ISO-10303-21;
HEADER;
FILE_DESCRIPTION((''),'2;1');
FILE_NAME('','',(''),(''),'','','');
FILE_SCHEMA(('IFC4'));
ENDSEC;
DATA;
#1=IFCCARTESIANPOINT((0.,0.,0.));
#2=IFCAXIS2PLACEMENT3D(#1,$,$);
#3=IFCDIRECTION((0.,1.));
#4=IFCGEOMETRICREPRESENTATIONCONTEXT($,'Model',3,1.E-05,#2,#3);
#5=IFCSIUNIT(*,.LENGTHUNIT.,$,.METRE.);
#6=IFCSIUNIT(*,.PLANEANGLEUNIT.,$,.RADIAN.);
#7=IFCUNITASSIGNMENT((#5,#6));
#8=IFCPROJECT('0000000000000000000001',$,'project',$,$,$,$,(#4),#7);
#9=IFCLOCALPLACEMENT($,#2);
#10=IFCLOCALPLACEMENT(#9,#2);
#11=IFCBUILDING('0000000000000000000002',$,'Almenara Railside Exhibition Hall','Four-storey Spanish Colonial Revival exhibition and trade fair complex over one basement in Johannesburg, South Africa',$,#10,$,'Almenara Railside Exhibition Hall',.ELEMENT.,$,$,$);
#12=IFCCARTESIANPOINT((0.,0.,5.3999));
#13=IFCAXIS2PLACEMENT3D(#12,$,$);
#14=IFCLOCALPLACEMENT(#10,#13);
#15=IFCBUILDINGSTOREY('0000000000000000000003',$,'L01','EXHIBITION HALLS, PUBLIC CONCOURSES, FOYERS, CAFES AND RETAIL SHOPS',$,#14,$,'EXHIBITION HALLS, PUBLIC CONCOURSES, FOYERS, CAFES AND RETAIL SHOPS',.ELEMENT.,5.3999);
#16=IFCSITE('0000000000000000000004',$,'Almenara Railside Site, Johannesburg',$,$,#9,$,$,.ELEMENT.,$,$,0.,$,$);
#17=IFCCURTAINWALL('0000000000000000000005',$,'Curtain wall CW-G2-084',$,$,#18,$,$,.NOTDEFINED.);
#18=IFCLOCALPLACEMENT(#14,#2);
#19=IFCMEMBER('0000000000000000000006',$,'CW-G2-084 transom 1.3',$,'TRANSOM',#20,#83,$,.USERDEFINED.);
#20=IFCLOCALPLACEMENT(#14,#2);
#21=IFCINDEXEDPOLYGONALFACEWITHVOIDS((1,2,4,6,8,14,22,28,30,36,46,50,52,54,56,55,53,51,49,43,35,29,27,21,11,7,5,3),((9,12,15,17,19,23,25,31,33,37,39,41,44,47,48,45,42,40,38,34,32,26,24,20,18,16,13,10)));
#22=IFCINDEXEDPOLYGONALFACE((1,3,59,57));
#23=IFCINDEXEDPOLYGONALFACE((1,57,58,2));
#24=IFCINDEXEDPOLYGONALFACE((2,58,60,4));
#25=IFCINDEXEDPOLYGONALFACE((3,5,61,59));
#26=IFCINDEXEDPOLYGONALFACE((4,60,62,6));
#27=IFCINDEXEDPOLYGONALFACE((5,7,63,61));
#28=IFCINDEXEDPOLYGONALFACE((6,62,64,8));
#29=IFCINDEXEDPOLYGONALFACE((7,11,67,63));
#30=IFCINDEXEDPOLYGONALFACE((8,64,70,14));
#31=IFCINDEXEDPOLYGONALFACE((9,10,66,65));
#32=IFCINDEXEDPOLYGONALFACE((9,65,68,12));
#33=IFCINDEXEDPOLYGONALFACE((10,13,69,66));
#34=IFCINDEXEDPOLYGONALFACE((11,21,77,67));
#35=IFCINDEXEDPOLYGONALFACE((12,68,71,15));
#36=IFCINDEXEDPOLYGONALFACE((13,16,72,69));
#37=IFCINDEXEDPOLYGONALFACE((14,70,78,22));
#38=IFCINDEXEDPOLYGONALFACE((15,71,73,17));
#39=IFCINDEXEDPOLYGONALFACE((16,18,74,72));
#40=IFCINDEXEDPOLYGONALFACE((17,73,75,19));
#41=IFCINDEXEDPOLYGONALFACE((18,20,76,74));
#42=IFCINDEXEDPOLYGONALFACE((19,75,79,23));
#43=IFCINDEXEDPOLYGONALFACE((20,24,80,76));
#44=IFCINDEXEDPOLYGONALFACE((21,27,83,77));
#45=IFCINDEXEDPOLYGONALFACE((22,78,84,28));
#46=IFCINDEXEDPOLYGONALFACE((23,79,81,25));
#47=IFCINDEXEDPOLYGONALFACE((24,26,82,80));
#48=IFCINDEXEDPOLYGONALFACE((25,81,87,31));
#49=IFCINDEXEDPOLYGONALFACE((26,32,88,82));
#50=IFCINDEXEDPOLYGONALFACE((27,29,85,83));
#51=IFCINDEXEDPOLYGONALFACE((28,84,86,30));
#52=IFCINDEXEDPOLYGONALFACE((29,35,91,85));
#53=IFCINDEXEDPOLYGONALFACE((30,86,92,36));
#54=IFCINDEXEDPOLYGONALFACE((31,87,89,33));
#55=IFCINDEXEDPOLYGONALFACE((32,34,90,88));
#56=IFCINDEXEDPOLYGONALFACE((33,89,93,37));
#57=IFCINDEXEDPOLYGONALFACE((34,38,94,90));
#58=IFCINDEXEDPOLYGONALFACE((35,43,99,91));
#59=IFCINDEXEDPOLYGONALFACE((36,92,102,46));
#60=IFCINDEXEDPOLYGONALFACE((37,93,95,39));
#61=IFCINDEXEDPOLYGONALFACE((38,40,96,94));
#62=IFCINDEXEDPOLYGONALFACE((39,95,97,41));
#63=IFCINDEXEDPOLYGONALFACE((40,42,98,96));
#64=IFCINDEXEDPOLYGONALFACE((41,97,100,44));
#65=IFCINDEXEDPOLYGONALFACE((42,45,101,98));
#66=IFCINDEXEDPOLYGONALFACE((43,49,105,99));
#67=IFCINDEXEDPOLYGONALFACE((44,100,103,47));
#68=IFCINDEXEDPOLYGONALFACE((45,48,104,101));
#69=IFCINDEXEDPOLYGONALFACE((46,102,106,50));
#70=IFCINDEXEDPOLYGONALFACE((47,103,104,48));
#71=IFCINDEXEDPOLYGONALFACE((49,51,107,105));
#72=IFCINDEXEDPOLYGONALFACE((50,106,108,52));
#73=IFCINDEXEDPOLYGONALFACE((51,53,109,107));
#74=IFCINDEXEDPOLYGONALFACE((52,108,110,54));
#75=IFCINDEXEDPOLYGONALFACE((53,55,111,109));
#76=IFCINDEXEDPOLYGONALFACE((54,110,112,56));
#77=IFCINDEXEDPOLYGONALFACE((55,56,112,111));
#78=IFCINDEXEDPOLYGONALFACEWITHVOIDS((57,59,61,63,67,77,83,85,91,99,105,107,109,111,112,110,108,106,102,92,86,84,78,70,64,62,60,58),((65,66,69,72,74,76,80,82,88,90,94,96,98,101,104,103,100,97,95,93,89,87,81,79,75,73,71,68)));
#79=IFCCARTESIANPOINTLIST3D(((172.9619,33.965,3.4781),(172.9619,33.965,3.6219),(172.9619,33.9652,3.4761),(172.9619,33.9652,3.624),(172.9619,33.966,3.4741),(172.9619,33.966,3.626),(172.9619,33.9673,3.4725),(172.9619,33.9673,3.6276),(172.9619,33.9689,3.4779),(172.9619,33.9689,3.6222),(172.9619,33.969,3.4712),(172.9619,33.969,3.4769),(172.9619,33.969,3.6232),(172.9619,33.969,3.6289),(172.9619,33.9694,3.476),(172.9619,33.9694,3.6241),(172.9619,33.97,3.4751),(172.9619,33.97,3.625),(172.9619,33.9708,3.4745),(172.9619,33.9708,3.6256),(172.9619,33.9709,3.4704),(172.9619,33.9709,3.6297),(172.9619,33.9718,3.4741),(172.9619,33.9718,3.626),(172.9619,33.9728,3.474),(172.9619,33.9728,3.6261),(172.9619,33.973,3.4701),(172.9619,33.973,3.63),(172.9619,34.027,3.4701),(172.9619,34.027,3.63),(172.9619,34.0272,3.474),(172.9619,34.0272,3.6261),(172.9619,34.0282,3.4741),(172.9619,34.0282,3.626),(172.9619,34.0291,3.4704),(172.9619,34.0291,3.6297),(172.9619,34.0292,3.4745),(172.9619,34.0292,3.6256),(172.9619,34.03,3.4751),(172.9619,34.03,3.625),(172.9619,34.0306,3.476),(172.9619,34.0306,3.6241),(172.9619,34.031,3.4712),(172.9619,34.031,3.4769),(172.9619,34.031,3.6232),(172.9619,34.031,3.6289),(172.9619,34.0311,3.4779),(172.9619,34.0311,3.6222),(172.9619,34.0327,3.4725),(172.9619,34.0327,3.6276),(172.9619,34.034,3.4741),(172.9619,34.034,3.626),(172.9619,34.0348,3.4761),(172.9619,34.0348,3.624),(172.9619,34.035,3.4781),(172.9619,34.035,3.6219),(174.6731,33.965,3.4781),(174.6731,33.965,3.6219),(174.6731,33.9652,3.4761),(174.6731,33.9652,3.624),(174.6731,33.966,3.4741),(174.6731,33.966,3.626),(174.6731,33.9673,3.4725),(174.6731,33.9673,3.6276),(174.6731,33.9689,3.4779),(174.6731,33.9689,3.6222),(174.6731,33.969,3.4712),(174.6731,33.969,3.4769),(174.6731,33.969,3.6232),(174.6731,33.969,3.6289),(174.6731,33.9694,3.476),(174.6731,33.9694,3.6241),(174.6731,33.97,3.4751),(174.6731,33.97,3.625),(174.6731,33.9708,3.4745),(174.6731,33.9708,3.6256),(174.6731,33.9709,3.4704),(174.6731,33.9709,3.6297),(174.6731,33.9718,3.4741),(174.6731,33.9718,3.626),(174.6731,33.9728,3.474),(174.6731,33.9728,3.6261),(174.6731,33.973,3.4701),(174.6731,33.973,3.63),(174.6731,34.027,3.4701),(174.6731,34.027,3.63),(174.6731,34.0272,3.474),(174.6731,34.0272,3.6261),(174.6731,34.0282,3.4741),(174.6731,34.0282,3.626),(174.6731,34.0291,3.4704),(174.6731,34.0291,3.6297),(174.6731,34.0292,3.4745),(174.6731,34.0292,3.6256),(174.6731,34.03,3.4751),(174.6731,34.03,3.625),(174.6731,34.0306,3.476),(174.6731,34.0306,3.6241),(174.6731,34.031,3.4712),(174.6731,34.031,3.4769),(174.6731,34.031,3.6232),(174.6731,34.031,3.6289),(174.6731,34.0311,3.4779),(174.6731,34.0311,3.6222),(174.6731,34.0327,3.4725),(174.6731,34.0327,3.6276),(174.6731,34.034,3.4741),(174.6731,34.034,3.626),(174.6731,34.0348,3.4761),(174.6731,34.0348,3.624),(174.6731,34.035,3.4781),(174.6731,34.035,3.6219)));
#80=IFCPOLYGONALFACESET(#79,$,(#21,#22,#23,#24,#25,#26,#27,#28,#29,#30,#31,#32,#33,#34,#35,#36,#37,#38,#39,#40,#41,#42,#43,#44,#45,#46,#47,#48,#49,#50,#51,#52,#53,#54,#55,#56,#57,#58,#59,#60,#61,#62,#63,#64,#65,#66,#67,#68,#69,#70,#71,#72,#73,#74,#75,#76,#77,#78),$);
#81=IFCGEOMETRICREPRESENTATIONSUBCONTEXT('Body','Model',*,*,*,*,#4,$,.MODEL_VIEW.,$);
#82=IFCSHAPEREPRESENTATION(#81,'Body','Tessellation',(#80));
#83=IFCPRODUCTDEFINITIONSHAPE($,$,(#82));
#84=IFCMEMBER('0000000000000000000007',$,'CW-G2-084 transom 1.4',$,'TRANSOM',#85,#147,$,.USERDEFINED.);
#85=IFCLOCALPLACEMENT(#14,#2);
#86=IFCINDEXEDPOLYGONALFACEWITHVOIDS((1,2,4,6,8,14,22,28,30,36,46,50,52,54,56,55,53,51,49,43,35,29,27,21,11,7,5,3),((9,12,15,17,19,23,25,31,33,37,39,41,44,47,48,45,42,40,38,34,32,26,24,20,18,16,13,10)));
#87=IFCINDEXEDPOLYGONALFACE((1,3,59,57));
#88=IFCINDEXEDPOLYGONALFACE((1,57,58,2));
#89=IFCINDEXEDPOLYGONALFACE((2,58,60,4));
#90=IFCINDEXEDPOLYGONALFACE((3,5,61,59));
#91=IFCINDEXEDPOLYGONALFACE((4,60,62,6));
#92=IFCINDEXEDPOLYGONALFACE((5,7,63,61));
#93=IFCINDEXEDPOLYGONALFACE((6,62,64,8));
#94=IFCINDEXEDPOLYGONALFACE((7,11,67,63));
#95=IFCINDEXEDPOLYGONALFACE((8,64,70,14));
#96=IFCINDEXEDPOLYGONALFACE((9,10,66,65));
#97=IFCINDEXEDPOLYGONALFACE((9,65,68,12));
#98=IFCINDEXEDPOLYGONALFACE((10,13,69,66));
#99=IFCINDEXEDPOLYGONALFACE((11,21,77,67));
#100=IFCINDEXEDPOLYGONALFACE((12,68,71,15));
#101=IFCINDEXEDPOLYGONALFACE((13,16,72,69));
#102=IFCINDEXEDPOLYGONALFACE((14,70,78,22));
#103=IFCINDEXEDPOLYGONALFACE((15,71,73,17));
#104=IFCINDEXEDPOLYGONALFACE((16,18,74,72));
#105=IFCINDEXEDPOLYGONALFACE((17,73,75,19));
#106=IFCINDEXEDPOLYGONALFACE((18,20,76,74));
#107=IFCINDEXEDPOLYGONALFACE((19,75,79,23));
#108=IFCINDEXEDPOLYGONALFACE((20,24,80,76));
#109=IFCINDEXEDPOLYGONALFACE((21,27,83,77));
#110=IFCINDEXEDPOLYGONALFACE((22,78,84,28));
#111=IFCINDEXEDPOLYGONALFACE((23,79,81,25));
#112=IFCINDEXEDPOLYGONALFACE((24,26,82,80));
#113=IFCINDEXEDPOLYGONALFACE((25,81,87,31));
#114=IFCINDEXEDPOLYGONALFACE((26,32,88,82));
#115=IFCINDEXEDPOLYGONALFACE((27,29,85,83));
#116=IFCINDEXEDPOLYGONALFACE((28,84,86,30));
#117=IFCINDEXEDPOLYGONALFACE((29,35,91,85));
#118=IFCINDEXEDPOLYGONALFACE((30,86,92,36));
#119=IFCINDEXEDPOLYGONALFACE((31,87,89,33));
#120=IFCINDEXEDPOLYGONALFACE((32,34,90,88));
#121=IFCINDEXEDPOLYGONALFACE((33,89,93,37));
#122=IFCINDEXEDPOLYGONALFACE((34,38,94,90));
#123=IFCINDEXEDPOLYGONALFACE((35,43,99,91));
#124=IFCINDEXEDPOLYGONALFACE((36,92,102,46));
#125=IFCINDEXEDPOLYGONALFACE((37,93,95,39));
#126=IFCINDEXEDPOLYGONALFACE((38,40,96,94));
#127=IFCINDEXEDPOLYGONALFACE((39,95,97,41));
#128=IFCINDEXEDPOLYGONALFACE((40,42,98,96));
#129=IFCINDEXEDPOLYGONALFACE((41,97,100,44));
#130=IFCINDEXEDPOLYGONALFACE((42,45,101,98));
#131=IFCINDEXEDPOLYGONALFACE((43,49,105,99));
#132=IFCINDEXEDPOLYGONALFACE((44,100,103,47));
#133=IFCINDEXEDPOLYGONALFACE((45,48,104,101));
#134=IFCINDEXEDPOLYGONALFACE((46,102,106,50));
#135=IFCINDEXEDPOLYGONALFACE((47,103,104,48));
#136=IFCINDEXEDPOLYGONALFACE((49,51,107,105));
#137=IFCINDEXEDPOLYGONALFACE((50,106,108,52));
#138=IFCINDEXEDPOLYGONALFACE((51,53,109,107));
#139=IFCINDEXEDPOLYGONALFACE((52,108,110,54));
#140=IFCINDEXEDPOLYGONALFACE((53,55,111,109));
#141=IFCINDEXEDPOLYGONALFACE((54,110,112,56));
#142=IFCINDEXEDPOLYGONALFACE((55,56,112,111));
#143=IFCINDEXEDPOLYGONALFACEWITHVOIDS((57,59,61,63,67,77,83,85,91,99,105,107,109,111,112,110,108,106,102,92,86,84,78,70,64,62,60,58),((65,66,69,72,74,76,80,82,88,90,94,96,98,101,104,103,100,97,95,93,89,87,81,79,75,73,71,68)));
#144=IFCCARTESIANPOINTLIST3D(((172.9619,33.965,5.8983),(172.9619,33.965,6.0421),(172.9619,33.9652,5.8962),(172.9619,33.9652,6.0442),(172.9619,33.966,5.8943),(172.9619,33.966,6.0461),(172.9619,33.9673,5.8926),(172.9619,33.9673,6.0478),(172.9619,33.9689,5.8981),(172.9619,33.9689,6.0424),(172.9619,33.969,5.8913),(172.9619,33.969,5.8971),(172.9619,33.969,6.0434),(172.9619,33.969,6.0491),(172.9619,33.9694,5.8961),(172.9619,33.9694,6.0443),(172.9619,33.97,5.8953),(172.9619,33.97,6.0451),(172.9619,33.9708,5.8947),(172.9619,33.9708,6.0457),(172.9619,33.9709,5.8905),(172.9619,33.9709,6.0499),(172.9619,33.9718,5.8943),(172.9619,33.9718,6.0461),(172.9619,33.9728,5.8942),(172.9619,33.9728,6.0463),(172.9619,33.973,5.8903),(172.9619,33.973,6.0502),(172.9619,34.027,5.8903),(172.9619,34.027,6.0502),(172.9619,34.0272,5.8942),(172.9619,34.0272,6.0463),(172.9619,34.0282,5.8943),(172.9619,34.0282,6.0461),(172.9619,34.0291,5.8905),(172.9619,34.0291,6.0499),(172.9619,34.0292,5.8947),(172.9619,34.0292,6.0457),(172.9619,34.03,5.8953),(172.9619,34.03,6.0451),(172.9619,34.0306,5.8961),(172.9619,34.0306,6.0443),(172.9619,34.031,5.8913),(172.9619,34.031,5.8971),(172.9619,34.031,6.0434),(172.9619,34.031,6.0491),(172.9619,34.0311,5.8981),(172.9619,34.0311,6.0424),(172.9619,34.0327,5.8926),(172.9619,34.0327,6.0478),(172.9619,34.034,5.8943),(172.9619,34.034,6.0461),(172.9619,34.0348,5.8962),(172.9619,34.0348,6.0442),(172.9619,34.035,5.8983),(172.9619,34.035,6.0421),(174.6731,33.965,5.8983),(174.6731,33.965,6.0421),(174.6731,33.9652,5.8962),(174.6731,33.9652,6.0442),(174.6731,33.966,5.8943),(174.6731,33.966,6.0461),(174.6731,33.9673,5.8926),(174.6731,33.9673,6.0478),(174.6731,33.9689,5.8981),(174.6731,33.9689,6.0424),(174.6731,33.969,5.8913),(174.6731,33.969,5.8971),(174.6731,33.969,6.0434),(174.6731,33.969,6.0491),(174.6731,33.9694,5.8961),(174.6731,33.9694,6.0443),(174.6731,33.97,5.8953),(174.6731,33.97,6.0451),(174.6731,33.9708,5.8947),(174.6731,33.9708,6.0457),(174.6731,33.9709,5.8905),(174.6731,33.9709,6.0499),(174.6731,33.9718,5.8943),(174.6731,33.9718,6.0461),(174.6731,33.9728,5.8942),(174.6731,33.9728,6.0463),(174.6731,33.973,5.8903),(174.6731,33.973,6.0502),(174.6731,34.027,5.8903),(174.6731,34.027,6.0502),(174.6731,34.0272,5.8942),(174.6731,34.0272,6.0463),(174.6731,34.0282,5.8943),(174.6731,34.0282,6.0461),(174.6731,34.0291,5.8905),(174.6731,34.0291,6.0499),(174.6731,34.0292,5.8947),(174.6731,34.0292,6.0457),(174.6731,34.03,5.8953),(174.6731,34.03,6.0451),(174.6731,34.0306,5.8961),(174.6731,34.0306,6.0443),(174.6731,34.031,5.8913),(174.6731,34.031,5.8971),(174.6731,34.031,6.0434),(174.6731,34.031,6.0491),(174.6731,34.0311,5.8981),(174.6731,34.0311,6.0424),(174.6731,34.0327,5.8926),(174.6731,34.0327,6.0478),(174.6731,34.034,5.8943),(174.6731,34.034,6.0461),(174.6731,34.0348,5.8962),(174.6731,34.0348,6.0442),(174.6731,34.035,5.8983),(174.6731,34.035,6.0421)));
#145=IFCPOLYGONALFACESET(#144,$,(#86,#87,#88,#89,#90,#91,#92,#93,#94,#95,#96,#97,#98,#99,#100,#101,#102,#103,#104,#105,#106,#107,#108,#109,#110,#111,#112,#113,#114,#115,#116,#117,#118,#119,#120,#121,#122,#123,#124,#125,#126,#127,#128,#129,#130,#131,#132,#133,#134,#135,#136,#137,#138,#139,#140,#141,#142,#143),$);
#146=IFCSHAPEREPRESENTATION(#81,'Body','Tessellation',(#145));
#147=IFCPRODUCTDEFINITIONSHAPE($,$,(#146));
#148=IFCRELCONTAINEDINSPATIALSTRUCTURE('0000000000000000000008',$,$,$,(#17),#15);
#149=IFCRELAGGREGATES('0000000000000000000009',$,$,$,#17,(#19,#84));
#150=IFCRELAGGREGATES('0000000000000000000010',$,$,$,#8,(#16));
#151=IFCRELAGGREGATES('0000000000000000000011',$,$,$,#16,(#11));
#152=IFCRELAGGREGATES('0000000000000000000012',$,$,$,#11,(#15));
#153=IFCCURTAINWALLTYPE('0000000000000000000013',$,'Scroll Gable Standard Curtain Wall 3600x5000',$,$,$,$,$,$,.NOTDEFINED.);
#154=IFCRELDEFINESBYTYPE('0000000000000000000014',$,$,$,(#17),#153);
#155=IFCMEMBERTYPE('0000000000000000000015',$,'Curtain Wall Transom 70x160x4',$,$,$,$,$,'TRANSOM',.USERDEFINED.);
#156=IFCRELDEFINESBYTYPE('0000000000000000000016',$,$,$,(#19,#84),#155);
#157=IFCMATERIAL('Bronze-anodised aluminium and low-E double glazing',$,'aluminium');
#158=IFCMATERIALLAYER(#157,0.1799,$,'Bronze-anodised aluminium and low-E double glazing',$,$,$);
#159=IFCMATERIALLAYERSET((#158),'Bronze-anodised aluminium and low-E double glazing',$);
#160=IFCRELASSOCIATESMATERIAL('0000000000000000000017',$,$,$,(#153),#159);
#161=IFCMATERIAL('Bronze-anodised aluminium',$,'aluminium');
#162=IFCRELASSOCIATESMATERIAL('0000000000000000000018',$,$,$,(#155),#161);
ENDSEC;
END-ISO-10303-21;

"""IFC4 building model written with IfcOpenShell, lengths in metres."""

from ifc_helpers import new_model, si_unit, direction, frame, origin, origin_2d, place, context, subcontext, project, spatial, hollow_rectangle, extrude, material, layer, layer_set, material_profile, profile_set, type_object, element, aggregate, save


model = new_model("IFC4")

# Units and contexts
model_context = context("Model", 3, precision=1e-05, world=origin(), true_north=direction((0.0, 1.0)))
body_context = subcontext(model_context, "Body", "Model", "MODEL_VIEW")
ifc_project = project(units=[si_unit("LENGTHUNIT", "METRE"), si_unit("PLANEANGLEUNIT", "RADIAN")], contexts=[model_context])

# Site, building, storey
site_placement = place(None, origin())
site = spatial("IfcSite", under=ifc_project, at=site_placement, Name="Almenara Railside Site, Johannesburg", CompositionType="ELEMENT", RefElevation=0.0)
building_placement = place(site_placement, origin())
building = spatial("IfcBuilding", under=site, at=building_placement, Name="Almenara Railside Exhibition Hall", Description="Four-storey Spanish Colonial Revival exhibition and trade fair complex over one basement in Johannesburg, South Africa", LongName="Almenara Railside Exhibition Hall", CompositionType="ELEMENT")
storey_placement = place(building_placement, frame((0.0, 0.0, 5.3999)))
storey = spatial("IfcBuildingStorey", under=building, at=storey_placement, Name="L01", Description="EXHIBITION HALLS, PUBLIC CONCOURSES, FOYERS, CAFES AND RETAIL SHOPS", LongName="EXHIBITION HALLS, PUBLIC CONCOURSES, FOYERS, CAFES AND RETAIL SHOPS", CompositionType="ELEMENT", Elevation=5.3999)

# Shared definitions
ifc_material_1 = material(Name="Bronze-anodised aluminium and low-E double glazing", Category="aluminium")
ifc_layer_1 = layer(ifc_material_1, 0.1799, Name="Bronze-anodised aluminium and low-E double glazing")
ifc_layer_set_1 = layer_set([ifc_layer_1], Name="Bronze-anodised aluminium and low-E double glazing")
curtain_wall_type = type_object("IfcCurtainWallType", Name="Scroll Gable Standard Curtain Wall 3600x5000", PredefinedType="NOTDEFINED", material=ifc_layer_set_1)
ifc_material_2 = material(Name="Bronze-anodised aluminium", Category="aluminium")

# Curtain wall
curtain_wall_1_placement = place(storey_placement, origin())
curtain_wall_1 = element("IfcCurtainWall", 1, at=curtain_wall_1_placement, inside=storey, type_object=curtain_wall_type, Name="Curtain wall CW-G2-084", PredefinedType="NOTDEFINED")

# Members
ifc_material_profile_1 = material_profile(ifc_material_2, hollow_rectangle(XDim=0.0701, YDim=0.1599, WallThickness=0.0039, InnerFilletRadius=0.0039, OuterFilletRadius=0.0081, at=origin_2d()), Name="ALU-TRN 70x160x4")
ifc_profile_set_1 = profile_set([ifc_material_profile_1], Name="Bronze-anodised aluminium")
member_type_1 = type_object("IfcMemberType", Name="Curtain Wall Transom 70x160x4", ElementType="TRANSOM", PredefinedType="USERDEFINED", material=ifc_profile_set_1)
member_1_placement = place(storey_placement, frame((172.9619, 34.0, 3.55), z_axis=(1.0, 0.0, 0.0), x_axis=(0.0, 1.0, 0.0)))
member_1 = element("IfcMember", 2, at=member_1_placement, type_object=member_type_1, Name="CW-G2-084 transom 1.3", ObjectType="TRANSOM", PredefinedType="USERDEFINED", context=body_context, shape_type="SweptSolid", body=[
    extrude(hollow_rectangle(XDim=0.0701, YDim=0.1599, WallThickness=0.0039, InnerFilletRadius=0.0039, OuterFilletRadius=0.0081, at=origin_2d()), origin(), (0.0, 0.0, 1.0), 1.7112),
])
member_2_placement = place(storey_placement, frame((172.9619, 34.0, 5.9702), z_axis=(1.0, 0.0, 0.0), x_axis=(0.0, 1.0, 0.0)))
member_2 = element("IfcMember", 3, at=member_2_placement, type_object=member_type_1, Name="CW-G2-084 transom 1.4", ObjectType="TRANSOM", PredefinedType="USERDEFINED", context=body_context, shape_type="SweptSolid", body=[
    extrude(hollow_rectangle(XDim=0.0701, YDim=0.1599, WallThickness=0.0039, InnerFilletRadius=0.0039, OuterFilletRadius=0.0081, at=origin_2d()), origin(), (0.0, 0.0, 1.0), 1.7112),
])

aggregate(curtain_wall_1, [member_1, member_2])

save(model, "model.ifc")
